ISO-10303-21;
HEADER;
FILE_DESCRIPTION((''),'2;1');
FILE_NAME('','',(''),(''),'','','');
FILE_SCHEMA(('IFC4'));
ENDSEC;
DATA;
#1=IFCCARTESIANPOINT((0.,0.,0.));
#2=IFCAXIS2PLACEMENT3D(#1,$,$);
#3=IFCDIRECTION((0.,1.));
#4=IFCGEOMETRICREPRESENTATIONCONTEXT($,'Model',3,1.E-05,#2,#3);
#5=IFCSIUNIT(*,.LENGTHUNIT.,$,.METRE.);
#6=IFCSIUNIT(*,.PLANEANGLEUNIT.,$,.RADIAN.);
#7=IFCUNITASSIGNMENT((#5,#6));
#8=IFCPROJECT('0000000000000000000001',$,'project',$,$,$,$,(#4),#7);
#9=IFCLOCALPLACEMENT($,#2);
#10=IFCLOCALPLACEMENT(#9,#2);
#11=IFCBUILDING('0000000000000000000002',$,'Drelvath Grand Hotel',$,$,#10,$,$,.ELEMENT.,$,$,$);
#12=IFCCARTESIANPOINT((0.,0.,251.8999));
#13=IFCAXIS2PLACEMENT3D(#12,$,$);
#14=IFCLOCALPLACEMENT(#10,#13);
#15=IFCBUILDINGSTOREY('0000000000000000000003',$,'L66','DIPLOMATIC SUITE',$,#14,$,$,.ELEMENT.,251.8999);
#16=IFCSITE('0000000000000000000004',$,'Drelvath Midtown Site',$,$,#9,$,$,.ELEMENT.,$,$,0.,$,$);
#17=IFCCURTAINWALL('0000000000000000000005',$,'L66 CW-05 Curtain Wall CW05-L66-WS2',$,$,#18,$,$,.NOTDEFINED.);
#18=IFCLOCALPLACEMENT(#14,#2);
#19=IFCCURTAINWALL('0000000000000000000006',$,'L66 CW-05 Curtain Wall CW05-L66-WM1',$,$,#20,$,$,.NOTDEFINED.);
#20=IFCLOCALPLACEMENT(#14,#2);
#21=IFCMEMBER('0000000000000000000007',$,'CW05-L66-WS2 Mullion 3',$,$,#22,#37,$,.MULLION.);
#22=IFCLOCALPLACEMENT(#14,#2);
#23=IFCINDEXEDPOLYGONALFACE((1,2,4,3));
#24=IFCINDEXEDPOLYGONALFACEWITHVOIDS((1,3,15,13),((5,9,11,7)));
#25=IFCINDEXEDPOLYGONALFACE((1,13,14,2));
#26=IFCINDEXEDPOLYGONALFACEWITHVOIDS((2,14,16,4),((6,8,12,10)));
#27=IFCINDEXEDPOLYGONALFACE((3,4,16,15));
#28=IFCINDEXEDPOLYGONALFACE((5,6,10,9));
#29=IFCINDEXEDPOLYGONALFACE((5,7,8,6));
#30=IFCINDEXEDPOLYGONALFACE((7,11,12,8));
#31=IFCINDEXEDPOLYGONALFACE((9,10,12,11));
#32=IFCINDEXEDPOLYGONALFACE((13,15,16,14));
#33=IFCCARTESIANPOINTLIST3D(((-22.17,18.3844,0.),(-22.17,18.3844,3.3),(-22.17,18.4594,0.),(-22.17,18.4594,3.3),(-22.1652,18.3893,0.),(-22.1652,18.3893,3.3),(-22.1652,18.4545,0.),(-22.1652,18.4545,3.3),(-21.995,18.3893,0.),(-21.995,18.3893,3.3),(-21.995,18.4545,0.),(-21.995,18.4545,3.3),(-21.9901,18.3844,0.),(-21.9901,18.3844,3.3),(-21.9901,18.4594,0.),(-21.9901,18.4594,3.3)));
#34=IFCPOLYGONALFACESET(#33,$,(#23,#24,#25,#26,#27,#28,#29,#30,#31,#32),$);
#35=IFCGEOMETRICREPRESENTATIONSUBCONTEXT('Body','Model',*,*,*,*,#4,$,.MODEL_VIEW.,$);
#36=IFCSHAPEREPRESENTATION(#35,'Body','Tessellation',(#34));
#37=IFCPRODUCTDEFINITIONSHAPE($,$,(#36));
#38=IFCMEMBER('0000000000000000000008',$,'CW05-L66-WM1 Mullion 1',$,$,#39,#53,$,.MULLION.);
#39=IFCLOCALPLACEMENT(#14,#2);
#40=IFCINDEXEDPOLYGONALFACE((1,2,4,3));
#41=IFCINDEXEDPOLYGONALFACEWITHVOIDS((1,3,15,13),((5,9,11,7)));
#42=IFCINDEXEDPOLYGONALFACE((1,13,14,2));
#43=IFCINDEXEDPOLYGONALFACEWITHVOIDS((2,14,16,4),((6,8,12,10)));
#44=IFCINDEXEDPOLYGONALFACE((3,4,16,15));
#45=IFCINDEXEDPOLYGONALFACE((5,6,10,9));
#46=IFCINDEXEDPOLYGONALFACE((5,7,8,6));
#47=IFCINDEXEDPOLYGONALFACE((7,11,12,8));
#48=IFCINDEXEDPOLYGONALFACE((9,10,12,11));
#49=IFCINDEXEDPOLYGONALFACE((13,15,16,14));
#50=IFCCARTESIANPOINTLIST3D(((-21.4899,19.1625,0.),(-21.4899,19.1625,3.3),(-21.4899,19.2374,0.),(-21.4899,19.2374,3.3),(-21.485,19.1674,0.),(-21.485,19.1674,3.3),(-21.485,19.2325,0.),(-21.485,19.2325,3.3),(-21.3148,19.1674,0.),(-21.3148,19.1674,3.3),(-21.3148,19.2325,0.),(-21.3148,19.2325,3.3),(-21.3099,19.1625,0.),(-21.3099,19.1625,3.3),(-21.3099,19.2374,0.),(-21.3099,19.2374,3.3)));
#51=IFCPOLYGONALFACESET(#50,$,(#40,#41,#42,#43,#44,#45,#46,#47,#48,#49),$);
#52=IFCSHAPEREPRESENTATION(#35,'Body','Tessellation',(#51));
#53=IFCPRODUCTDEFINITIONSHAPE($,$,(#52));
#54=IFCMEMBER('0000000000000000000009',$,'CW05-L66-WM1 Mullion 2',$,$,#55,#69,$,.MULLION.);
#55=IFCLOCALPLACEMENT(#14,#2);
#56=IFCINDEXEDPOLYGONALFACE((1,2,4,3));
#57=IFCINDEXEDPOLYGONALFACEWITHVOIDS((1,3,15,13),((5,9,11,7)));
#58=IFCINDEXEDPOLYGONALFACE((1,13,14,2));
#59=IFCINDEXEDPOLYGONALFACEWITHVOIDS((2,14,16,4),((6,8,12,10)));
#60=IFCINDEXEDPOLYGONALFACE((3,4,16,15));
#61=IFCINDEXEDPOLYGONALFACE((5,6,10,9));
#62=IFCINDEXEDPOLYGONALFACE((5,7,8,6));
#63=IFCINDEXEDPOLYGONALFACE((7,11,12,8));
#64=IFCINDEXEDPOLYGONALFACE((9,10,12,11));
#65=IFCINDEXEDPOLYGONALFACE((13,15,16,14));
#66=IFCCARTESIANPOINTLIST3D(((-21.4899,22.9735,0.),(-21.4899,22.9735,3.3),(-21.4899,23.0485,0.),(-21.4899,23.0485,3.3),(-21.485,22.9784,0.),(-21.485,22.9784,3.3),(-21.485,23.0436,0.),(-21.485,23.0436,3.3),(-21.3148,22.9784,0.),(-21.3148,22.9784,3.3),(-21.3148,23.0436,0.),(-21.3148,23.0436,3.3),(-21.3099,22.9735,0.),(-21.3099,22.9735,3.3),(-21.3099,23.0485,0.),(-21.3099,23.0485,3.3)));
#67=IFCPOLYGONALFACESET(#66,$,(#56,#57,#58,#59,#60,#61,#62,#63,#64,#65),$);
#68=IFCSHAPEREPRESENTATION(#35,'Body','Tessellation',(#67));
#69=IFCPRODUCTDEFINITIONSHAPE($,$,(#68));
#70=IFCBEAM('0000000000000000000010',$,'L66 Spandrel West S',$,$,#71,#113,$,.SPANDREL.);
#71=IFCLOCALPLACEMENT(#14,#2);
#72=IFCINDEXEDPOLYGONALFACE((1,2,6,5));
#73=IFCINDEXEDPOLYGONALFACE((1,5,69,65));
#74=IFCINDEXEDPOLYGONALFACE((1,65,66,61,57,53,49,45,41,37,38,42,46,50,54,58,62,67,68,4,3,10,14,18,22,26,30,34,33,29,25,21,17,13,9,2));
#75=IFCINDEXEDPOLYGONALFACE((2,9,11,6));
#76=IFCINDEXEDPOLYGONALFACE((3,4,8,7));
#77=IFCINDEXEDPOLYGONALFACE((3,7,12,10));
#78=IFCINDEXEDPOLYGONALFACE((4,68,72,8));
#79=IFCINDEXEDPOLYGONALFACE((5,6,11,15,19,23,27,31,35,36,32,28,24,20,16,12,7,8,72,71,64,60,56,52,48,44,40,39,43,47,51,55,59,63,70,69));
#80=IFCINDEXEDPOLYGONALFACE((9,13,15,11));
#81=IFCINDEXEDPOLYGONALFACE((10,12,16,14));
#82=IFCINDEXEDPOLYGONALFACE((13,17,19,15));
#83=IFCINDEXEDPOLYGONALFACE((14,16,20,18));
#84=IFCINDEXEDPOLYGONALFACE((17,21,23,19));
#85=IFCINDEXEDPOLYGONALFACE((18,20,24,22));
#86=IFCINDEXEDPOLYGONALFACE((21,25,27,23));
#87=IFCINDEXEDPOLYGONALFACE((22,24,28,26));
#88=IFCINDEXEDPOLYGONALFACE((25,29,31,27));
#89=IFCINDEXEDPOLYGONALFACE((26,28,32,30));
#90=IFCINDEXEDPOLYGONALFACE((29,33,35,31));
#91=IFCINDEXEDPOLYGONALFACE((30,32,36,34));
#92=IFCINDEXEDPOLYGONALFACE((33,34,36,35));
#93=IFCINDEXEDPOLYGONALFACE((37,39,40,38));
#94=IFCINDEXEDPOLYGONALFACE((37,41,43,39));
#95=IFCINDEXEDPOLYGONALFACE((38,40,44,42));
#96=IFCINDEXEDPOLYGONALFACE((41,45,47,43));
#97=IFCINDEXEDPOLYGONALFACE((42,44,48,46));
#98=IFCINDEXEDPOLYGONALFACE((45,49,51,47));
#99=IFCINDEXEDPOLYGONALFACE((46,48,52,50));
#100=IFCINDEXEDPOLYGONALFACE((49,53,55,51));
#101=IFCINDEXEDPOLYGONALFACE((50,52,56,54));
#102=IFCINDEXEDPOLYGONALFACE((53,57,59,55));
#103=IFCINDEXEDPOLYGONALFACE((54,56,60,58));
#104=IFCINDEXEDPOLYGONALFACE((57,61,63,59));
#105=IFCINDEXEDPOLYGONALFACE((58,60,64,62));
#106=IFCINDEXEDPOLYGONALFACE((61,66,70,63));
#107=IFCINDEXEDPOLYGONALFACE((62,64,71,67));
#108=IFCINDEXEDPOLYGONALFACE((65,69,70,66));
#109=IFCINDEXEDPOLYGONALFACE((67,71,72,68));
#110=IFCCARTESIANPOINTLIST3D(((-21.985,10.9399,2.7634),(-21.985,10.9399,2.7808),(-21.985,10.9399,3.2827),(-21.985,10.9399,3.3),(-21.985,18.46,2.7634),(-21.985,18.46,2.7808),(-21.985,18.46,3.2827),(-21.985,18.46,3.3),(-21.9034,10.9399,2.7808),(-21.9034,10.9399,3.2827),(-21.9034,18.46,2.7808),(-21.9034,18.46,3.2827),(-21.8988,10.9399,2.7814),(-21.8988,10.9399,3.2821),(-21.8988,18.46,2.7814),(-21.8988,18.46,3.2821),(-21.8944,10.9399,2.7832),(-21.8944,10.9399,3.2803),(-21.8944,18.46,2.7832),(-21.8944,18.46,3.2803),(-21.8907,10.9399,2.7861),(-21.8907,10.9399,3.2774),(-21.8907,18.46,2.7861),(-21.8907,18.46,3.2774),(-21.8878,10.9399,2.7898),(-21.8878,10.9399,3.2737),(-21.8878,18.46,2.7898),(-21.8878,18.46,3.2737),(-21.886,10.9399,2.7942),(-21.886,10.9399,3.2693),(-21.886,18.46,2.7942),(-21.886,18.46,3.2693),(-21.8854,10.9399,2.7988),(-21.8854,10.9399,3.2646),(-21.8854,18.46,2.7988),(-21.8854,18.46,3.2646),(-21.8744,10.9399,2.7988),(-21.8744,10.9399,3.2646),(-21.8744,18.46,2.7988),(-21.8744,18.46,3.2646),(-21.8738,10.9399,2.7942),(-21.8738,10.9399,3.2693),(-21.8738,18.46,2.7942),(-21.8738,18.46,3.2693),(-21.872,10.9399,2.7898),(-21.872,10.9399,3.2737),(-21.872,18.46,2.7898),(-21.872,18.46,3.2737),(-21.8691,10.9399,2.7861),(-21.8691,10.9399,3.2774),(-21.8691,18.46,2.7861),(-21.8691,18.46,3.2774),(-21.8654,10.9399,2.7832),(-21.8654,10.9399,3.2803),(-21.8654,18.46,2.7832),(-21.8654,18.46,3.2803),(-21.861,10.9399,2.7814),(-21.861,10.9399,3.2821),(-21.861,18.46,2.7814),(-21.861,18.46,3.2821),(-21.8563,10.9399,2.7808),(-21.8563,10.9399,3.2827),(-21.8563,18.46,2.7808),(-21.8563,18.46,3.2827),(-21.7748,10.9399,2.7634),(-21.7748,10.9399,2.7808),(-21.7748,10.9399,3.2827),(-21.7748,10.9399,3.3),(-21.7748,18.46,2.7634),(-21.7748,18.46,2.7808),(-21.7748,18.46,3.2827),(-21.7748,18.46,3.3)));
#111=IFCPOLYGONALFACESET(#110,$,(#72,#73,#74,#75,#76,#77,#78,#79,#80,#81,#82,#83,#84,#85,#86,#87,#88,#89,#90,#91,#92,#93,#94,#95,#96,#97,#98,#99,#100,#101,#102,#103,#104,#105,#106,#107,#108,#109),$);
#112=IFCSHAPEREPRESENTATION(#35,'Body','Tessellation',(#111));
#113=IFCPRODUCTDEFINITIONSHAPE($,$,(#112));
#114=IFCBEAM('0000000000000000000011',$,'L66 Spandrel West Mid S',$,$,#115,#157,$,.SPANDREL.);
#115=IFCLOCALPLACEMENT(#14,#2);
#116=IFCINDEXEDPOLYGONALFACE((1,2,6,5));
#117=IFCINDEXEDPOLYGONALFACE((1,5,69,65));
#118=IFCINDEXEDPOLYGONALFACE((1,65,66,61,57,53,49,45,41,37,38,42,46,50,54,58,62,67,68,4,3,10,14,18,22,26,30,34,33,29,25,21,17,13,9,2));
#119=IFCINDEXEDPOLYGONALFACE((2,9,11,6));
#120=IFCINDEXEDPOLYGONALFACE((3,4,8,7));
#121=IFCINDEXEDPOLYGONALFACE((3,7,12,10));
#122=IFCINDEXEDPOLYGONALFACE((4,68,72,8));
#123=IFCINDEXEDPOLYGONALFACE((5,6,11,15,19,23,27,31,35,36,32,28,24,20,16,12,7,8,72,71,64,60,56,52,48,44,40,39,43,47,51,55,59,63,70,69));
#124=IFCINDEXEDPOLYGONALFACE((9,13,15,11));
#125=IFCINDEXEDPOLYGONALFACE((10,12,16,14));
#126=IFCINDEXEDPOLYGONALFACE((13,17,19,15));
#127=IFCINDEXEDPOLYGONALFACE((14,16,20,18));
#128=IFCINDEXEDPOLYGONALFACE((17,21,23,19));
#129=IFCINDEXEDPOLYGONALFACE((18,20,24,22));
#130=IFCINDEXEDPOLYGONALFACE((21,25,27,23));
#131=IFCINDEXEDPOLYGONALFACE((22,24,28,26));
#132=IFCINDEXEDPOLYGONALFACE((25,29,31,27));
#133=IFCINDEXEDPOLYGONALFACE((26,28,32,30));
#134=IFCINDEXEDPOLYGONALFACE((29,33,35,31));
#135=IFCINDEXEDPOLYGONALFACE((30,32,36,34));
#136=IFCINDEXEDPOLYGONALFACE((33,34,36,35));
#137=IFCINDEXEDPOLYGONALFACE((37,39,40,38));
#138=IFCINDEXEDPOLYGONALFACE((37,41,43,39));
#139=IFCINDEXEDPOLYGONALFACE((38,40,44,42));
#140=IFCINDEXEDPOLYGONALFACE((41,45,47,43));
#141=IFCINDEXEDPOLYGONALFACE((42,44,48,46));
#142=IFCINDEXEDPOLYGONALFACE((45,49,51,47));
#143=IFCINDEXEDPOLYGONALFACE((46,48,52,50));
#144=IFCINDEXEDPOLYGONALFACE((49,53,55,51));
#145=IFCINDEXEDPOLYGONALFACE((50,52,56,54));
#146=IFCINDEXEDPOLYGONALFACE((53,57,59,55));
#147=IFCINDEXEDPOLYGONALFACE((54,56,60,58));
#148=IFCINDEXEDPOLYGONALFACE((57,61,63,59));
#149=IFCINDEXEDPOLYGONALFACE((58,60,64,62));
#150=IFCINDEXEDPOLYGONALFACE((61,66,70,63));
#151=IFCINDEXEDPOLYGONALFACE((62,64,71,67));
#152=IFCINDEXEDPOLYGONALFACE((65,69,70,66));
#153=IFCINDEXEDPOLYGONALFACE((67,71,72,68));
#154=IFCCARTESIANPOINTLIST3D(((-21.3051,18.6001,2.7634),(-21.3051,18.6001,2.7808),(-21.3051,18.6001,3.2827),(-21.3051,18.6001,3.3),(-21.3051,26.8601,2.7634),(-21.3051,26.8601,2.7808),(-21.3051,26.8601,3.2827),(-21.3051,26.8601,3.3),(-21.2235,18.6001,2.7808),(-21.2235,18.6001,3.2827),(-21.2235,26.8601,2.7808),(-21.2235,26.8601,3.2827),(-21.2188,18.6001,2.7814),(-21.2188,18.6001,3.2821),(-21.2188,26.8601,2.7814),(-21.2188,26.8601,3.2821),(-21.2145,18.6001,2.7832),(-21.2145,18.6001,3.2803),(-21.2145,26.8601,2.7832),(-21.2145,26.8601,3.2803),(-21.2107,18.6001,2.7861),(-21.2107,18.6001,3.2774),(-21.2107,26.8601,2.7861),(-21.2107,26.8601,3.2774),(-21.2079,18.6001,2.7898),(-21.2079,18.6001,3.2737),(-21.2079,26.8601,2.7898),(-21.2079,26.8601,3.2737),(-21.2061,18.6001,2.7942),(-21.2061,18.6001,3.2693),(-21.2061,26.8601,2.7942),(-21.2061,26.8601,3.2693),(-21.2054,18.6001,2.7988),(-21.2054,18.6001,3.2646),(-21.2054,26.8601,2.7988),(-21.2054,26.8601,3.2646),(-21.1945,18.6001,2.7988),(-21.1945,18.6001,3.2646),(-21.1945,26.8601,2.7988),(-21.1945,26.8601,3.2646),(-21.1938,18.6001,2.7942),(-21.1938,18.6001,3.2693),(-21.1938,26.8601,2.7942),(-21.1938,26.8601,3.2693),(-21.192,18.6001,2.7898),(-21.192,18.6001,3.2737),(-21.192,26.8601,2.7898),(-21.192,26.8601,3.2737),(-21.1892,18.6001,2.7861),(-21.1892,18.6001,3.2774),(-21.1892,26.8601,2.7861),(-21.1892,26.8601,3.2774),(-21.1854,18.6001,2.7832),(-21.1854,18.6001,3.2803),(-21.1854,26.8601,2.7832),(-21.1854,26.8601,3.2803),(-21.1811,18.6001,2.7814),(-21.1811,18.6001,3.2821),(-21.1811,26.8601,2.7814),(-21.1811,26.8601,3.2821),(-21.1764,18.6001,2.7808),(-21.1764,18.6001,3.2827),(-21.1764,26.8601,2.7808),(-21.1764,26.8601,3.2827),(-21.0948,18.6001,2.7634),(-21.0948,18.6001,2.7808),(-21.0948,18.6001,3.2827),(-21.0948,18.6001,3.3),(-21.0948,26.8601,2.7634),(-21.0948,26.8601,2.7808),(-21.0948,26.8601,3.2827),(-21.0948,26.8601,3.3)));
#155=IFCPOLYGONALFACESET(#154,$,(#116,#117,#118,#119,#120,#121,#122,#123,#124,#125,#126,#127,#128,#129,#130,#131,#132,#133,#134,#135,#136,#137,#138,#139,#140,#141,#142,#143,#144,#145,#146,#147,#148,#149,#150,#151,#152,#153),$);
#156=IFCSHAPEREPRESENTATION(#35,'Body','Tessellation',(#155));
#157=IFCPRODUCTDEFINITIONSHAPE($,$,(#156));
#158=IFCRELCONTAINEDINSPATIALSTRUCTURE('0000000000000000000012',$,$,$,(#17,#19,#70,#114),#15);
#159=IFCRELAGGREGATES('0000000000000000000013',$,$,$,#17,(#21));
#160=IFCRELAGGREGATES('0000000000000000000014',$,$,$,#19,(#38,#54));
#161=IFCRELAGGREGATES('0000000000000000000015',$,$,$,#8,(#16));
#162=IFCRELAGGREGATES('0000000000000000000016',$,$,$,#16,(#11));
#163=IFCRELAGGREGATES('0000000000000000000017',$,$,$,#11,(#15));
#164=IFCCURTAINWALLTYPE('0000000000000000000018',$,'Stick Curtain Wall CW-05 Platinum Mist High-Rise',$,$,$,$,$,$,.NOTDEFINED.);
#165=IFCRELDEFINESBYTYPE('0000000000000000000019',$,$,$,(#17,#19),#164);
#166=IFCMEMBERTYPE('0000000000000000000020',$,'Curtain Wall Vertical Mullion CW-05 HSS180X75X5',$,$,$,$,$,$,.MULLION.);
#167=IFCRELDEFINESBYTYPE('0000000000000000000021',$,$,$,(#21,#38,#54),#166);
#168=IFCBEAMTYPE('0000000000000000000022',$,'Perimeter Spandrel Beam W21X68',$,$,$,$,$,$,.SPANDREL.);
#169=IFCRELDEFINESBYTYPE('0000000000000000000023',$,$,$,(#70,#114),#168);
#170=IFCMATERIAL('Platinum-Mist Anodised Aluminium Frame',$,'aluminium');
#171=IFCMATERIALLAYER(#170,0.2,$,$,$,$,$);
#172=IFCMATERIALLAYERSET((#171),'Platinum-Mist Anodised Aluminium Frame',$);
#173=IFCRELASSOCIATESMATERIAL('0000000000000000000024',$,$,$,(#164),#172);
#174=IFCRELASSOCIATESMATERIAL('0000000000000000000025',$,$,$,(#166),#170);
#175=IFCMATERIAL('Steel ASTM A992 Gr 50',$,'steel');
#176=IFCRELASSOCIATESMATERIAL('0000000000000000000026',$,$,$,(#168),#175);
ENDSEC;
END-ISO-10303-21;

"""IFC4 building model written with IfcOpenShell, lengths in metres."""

from ifc_helpers import new_model, si_unit, direction, frame, origin, origin_2d, place, context, subcontext, project, spatial, hollow_rectangle, i_section, extrude, material, layer, layer_set, material_profile, profile_set, type_object, element, aggregate, save


model = new_model("IFC4")

# Units and contexts
model_context = context("Model", 3, precision=1e-05, world=origin(), true_north=direction((0.0, 1.0)))
body_context = subcontext(model_context, "Body", "Model", "MODEL_VIEW")
ifc_project = project(units=[si_unit("LENGTHUNIT", "METRE"), si_unit("PLANEANGLEUNIT", "RADIAN")], contexts=[model_context])

# Site, building, storey
site_placement = place(None, origin())
site = spatial("IfcSite", under=ifc_project, at=site_placement, Name="Drelvath Midtown Site", CompositionType="ELEMENT", RefElevation=0.0)
building_placement = place(site_placement, origin())
building = spatial("IfcBuilding", under=site, at=building_placement, Name="Drelvath Grand Hotel", CompositionType="ELEMENT")
storey_placement = place(building_placement, frame((0.0, 0.0, 251.8999)))
storey = spatial("IfcBuildingStorey", under=building, at=storey_placement, Name="L66", Description="DIPLOMATIC SUITE", CompositionType="ELEMENT", Elevation=251.8999)

# Shared definitions
ifc_material_1 = material(Name="Steel ASTM A992 Gr 50", Category="steel")

# Curtain walls
ifc_material_2 = material(Name="Platinum-Mist Anodised Aluminium Frame", Category="aluminium")
ifc_layer_1 = layer(ifc_material_2, 0.2)
ifc_layer_set_1 = layer_set([ifc_layer_1], Name="Platinum-Mist Anodised Aluminium Frame")
curtain_wall_type = type_object("IfcCurtainWallType", Name="Stick Curtain Wall CW-05 Platinum Mist High-Rise", PredefinedType="NOTDEFINED", material=ifc_layer_set_1)
curtain_wall_1_placement = place(storey_placement, origin())
curtain_wall_1 = element("IfcCurtainWall", 1, at=curtain_wall_1_placement, inside=storey, type_object=curtain_wall_type, Name="L66 CW-05 Curtain Wall CW05-L66-WS2", PredefinedType="NOTDEFINED")
curtain_wall_2_placement = place(storey_placement, origin())
curtain_wall_2 = element("IfcCurtainWall", 2, at=curtain_wall_2_placement, inside=storey, type_object=curtain_wall_type, Name="L66 CW-05 Curtain Wall CW05-L66-WM1", PredefinedType="NOTDEFINED")

# Members
ifc_material_profile_1 = material_profile(ifc_material_2, hollow_rectangle(XDim=0.075, YDim=0.1799, WallThickness=0.0049, at=origin_2d()), Name="HSS180X75X5")
ifc_profile_set_1 = profile_set([ifc_material_profile_1], Name="Platinum-Mist Anodised Aluminium Frame")
member_type_1 = type_object("IfcMemberType", Name="Curtain Wall Vertical Mullion CW-05 HSS180X75X5", PredefinedType="MULLION", material=ifc_profile_set_1)
member_1_placement = place(storey_placement, frame((-22.0801, 18.4219, 0.0), z_axis=(0.0, 0.0, 1.0), x_axis=(0.0, 1.0, 0.0)))
member_1 = element("IfcMember", 3, at=member_1_placement, type_object=member_type_1, Name="CW05-L66-WS2 Mullion 3", PredefinedType="MULLION", context=body_context, shape_type="SweptSolid", body=[
    extrude(hollow_rectangle(XDim=0.075, YDim=0.1799, WallThickness=0.0049, at=origin_2d()), origin(), (0.0, 0.0, 1.0), 3.3),
])
member_2_placement = place(storey_placement, frame((-21.3999, 19.2, 0.0), z_axis=(0.0, 0.0, 1.0), x_axis=(0.0, 1.0, 0.0)))
member_2 = element("IfcMember", 4, at=member_2_placement, type_object=member_type_1, Name="CW05-L66-WM1 Mullion 1", PredefinedType="MULLION", context=body_context, shape_type="SweptSolid", body=[
    extrude(hollow_rectangle(XDim=0.075, YDim=0.1799, WallThickness=0.0049, at=origin_2d()), origin(), (0.0, 0.0, 1.0), 3.3),
])
member_3_placement = place(storey_placement, frame((-21.3999, 23.011, 0.0), z_axis=(0.0, 0.0, 1.0), x_axis=(0.0, 1.0, 0.0)))
member_3 = element("IfcMember", 5, at=member_3_placement, type_object=member_type_1, Name="CW05-L66-WM1 Mullion 2", PredefinedType="MULLION", context=body_context, shape_type="SweptSolid", body=[
    extrude(hollow_rectangle(XDim=0.075, YDim=0.1799, WallThickness=0.0049, at=origin_2d()), origin(), (0.0, 0.0, 1.0), 3.3),
])

# Beams
ifc_material_profile_2 = material_profile(ifc_material_1, i_section(OverallWidth=0.2102, OverallDepth=0.5366, WebThickness=0.011, FlangeThickness=0.0173, FilletRadius=0.0181, at=origin_2d()), Name="W21X68")
ifc_profile_set_2 = profile_set([ifc_material_profile_2], Name="Steel ASTM A992 Gr 50")
beam_type_1 = type_object("IfcBeamType", Name="Perimeter Spandrel Beam W21X68", PredefinedType="SPANDREL", material=ifc_profile_set_2)
beam_1_placement = place(storey_placement, frame((-21.8799, 10.9399, 3.0317), z_axis=(0.0, 1.0, 0.0), x_axis=(-1.0, 0.0, 0.0)))
element("IfcBeam", 6, at=beam_1_placement, inside=storey, type_object=beam_type_1, Name="L66 Spandrel West S", PredefinedType="SPANDREL", context=body_context, shape_type="SweptSolid", body=[
    extrude(i_section(OverallWidth=0.2102, OverallDepth=0.5366, WebThickness=0.011, FlangeThickness=0.0173, FilletRadius=0.0181, at=origin_2d()), origin(), (0.0, 0.0, 1.0), 7.52),
])
beam_2_placement = place(storey_placement, frame((-21.2, 18.6001, 3.0317), z_axis=(0.0, 1.0, 0.0), x_axis=(-1.0, 0.0, 0.0)))
element("IfcBeam", 7, at=beam_2_placement, inside=storey, type_object=beam_type_1, Name="L66 Spandrel West Mid S", PredefinedType="SPANDREL", context=body_context, shape_type="SweptSolid", body=[
    extrude(i_section(OverallWidth=0.2102, OverallDepth=0.5366, WebThickness=0.011, FlangeThickness=0.0173, FilletRadius=0.0181, at=origin_2d()), origin(), (0.0, 0.0, 1.0), 8.26),
])

aggregate(curtain_wall_1, [member_1])
aggregate(curtain_wall_2, [member_2, member_3])

save(model, "model.ifc")
